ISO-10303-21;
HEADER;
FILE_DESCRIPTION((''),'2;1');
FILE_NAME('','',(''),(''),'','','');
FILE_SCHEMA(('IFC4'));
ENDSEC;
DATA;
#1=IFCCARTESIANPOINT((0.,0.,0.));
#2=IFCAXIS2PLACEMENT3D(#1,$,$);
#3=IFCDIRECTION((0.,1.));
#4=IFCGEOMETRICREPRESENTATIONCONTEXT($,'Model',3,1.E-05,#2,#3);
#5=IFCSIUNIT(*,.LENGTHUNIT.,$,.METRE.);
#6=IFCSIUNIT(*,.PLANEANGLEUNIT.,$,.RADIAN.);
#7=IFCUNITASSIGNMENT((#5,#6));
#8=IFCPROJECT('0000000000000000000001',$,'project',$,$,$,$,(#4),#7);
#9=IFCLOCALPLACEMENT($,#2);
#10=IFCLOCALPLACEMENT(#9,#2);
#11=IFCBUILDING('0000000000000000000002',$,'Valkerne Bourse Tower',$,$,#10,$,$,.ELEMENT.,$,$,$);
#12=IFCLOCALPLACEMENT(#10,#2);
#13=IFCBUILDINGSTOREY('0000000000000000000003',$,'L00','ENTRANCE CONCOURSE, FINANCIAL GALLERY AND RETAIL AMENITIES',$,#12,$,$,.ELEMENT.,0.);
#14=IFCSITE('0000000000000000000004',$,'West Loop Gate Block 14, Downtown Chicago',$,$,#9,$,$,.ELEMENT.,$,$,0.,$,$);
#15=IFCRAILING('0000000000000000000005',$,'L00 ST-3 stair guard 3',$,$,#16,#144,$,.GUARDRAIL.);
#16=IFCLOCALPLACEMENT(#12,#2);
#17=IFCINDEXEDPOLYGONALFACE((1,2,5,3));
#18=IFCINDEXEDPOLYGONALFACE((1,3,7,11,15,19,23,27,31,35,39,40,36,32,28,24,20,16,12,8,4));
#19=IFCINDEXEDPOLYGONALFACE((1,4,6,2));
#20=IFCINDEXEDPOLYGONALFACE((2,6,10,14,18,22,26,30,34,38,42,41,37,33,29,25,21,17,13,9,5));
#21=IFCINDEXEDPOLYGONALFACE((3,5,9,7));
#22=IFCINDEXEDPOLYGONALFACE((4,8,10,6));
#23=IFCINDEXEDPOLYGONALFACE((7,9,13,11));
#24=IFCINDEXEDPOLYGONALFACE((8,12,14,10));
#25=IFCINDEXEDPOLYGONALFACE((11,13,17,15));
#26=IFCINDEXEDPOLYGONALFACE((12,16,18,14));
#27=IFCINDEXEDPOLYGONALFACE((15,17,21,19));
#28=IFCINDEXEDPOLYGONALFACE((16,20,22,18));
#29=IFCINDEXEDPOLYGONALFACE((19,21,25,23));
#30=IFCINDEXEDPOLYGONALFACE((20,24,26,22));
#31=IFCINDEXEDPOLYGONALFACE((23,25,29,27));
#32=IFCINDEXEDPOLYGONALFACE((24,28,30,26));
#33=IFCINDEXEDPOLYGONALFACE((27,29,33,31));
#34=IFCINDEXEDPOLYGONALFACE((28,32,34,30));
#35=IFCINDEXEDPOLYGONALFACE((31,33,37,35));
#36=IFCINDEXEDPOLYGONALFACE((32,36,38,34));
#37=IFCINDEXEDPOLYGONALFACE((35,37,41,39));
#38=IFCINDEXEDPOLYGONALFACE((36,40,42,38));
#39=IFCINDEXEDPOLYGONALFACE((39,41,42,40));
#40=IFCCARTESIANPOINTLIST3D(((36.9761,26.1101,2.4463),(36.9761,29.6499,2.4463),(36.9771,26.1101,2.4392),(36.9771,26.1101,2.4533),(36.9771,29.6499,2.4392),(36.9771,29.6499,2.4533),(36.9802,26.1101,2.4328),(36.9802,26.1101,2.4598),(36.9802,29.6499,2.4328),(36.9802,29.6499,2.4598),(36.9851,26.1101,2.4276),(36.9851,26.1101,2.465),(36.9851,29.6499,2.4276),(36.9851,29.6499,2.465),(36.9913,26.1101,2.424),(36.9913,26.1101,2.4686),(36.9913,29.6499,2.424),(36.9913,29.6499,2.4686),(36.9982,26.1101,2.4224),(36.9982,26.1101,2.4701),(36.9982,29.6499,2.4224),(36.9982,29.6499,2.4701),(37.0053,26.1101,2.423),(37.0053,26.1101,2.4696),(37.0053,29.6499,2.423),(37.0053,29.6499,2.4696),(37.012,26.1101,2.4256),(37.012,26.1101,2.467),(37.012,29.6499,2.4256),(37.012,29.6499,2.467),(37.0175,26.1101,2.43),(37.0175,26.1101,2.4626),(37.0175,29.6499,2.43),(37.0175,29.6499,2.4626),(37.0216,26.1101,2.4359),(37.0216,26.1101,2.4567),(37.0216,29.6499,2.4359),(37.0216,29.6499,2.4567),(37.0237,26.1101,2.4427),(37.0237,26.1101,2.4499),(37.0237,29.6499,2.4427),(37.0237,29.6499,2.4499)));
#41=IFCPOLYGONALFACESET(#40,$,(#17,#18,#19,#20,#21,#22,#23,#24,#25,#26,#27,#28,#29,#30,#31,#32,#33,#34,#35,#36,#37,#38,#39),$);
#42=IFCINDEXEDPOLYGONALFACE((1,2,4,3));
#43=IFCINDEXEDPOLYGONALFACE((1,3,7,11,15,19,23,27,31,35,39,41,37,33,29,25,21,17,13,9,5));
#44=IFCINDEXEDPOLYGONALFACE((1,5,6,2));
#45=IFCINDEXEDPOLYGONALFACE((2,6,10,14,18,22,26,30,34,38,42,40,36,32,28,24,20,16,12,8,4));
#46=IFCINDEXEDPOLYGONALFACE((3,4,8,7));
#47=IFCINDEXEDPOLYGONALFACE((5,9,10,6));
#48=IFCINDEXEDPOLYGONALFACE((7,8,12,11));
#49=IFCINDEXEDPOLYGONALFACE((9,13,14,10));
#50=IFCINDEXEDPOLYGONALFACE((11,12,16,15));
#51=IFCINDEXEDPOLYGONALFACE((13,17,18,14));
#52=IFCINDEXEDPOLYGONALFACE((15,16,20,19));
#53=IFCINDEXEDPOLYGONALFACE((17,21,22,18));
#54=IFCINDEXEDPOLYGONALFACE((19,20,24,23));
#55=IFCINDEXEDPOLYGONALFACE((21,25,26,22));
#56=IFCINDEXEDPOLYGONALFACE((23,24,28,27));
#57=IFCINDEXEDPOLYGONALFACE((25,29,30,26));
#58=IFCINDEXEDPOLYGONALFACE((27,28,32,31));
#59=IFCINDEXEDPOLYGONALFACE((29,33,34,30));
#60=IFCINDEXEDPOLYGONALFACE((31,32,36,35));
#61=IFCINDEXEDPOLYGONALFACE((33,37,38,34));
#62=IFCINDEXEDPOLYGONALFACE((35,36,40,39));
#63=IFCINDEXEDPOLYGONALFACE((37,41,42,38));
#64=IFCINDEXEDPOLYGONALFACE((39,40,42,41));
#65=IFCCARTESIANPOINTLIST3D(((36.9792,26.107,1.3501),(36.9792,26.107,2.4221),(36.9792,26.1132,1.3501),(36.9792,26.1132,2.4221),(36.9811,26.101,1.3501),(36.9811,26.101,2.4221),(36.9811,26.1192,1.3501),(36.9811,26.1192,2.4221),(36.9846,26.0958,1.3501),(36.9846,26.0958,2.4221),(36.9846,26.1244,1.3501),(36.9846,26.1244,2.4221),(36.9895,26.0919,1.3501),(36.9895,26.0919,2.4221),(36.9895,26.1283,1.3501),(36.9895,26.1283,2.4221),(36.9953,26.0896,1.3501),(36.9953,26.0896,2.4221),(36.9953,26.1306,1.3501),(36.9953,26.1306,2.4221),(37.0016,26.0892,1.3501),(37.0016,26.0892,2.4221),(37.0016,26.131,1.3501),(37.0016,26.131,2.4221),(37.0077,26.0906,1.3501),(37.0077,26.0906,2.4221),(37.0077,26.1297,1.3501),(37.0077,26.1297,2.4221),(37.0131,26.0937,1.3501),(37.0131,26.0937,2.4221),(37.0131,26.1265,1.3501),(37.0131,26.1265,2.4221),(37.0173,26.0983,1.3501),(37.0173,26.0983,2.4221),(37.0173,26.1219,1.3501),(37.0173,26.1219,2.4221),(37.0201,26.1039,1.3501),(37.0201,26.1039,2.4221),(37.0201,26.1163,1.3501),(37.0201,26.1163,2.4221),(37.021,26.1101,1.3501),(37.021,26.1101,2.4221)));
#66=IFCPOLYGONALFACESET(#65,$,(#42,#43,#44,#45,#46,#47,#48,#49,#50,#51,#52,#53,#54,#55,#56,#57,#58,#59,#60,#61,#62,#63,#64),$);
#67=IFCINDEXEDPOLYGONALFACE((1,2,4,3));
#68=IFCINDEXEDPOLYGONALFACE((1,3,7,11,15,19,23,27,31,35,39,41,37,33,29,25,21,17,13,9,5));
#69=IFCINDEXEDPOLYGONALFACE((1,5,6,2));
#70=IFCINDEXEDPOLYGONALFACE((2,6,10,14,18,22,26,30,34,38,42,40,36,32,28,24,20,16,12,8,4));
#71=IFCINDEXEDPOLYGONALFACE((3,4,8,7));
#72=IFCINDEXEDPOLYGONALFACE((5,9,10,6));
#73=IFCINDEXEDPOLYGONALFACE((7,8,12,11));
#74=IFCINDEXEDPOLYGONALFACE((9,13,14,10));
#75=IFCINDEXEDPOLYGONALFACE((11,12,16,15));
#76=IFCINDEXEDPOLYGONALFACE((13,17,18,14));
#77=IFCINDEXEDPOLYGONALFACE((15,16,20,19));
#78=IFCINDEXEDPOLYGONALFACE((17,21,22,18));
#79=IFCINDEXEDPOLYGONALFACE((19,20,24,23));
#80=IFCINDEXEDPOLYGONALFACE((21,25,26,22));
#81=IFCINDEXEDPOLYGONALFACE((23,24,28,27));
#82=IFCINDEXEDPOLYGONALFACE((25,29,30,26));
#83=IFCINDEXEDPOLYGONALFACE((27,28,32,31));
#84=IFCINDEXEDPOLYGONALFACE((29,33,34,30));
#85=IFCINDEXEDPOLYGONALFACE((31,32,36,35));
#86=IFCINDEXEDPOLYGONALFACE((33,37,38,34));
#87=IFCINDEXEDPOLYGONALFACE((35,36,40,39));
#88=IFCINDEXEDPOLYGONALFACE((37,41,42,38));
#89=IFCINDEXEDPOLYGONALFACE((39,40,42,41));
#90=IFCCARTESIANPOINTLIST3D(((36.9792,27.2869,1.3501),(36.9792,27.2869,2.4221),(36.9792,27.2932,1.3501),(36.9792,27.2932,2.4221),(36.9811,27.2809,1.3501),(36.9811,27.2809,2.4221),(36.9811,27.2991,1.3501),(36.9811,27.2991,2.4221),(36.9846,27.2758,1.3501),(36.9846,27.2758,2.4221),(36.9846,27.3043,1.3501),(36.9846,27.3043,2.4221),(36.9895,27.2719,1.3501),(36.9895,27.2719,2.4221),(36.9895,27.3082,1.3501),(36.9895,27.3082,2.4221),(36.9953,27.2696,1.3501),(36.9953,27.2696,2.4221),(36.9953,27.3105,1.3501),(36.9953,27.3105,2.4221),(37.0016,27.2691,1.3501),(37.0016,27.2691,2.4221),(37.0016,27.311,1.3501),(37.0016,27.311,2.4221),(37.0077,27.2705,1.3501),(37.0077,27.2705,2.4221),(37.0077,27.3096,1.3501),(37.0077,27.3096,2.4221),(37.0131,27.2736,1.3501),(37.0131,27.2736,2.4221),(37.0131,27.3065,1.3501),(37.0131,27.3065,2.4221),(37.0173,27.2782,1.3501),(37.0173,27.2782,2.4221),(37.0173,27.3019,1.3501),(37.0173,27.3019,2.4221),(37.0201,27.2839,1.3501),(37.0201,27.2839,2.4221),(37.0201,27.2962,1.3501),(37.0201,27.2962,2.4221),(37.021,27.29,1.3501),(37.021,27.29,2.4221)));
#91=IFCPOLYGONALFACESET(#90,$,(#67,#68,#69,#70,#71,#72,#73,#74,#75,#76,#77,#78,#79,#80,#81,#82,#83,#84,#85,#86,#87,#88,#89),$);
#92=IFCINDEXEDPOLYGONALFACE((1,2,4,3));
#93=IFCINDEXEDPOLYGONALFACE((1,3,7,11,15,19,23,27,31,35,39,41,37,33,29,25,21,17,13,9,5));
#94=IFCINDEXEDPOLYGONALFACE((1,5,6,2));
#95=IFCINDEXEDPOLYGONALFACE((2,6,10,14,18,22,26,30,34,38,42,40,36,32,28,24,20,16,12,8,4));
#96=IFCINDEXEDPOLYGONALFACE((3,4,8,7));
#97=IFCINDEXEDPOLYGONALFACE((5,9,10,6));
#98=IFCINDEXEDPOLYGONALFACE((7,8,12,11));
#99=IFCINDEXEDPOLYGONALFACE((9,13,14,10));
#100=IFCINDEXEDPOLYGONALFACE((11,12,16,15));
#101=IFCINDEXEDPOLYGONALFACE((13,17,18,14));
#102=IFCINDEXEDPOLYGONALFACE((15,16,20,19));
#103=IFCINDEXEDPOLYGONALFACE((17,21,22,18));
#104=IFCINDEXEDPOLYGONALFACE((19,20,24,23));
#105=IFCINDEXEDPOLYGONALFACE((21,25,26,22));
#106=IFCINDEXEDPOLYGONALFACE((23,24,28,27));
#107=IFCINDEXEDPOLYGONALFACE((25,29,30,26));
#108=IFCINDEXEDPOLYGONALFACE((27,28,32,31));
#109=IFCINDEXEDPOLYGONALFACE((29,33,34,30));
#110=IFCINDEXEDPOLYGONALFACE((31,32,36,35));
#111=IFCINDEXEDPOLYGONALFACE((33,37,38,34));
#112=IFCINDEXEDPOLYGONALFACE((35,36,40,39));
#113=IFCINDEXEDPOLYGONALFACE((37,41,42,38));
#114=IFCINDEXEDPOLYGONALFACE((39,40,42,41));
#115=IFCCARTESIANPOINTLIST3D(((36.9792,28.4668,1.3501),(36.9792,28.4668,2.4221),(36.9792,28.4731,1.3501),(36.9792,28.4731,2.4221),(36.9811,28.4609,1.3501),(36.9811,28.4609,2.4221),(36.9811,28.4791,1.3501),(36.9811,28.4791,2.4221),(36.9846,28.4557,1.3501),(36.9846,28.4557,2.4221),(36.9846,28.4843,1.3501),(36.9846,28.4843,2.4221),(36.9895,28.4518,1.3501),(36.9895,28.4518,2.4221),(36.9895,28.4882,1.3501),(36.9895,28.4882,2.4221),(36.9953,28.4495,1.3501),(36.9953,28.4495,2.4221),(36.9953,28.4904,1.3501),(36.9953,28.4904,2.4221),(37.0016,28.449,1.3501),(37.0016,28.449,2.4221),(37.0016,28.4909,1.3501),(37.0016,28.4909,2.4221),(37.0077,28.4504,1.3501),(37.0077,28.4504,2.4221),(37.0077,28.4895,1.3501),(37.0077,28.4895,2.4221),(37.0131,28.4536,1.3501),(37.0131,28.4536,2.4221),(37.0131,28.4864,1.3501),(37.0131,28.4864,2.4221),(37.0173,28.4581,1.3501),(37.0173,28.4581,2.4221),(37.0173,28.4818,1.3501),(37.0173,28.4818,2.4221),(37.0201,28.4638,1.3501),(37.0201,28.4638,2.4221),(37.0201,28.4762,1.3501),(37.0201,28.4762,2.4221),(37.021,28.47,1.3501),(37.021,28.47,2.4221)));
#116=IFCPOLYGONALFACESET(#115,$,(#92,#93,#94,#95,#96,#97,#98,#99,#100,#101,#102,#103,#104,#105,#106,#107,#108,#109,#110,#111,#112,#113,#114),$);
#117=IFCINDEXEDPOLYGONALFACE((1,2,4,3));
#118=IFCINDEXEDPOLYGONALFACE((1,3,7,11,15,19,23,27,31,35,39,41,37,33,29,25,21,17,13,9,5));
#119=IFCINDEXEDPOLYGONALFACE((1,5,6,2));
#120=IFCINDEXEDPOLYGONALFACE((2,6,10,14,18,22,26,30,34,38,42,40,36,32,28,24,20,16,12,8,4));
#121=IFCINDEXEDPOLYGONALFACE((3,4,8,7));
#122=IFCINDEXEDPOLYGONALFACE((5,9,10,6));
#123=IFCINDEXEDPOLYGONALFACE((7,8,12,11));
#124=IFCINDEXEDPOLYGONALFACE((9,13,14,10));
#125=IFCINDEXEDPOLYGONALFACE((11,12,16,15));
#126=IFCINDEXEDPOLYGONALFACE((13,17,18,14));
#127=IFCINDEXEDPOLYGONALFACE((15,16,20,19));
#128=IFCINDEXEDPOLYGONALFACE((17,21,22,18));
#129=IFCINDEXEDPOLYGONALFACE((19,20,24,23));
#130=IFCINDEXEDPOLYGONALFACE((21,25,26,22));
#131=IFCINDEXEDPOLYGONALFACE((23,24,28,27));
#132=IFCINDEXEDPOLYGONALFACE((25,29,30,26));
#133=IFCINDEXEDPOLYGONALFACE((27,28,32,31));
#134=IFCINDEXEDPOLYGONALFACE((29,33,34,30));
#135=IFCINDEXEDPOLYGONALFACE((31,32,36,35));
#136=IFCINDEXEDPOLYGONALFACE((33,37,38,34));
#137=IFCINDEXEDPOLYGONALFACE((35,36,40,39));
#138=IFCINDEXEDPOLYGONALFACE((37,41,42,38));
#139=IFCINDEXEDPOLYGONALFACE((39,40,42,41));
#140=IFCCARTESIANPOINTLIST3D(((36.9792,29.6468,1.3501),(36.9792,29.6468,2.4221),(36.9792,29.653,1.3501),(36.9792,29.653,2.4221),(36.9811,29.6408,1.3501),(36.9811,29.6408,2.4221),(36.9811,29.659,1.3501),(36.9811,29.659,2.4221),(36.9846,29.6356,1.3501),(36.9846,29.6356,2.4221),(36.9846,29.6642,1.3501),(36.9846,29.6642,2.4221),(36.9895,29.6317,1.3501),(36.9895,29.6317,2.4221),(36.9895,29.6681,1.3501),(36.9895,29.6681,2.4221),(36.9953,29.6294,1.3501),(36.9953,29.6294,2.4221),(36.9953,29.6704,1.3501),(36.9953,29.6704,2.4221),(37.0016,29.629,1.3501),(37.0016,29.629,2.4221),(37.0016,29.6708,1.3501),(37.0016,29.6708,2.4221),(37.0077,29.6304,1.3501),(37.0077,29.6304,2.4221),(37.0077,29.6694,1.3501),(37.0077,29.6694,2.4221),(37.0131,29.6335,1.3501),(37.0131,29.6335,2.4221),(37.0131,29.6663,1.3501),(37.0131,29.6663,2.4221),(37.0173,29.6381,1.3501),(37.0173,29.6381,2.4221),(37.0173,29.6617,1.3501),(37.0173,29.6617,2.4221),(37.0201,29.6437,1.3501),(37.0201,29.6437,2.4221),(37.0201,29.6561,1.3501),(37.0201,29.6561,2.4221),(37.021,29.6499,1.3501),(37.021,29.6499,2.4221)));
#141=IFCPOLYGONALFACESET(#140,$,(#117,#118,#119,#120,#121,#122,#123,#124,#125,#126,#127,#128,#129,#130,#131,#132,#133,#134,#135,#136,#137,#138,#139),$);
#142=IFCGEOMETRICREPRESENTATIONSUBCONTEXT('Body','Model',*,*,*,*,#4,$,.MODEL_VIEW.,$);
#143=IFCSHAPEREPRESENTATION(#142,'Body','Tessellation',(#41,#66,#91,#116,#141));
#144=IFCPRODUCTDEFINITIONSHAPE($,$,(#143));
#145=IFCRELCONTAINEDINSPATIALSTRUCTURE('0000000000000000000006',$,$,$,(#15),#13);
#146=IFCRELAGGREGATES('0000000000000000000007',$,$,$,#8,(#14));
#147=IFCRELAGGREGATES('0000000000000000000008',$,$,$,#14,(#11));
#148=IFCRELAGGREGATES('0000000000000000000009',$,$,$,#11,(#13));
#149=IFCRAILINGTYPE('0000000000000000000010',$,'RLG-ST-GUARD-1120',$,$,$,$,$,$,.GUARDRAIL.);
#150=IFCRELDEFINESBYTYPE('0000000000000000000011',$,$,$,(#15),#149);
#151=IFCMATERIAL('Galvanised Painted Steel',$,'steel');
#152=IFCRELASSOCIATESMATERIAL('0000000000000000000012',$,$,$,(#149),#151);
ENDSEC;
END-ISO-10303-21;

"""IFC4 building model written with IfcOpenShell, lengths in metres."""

from ifc_helpers import new_model, si_unit, direction, frame, origin, origin_2d, place, context, subcontext, project, spatial, circle, extrude, material, type_object, element, save


model = new_model("IFC4")

# Units and contexts
model_context = context("Model", 3, precision=1e-05, world=origin(), true_north=direction((0.0, 1.0)))
body_context = subcontext(model_context, "Body", "Model", "MODEL_VIEW")
ifc_project = project(units=[si_unit("LENGTHUNIT", "METRE"), si_unit("PLANEANGLEUNIT", "RADIAN")], contexts=[model_context])

# Site, building, storey
site_placement = place(None, origin())
site = spatial("IfcSite", under=ifc_project, at=site_placement, Name="West Loop Gate Block 14, Downtown Chicago", CompositionType="ELEMENT", RefElevation=0.0)
building_placement = place(site_placement, origin())
building = spatial("IfcBuilding", under=site, at=building_placement, Name="Valkerne Bourse Tower", CompositionType="ELEMENT")
storey_placement = place(building_placement, origin())
storey = spatial("IfcBuildingStorey", under=building, at=storey_placement, Name="L00", Description="ENTRANCE CONCOURSE, FINANCIAL GALLERY AND RETAIL AMENITIES", CompositionType="ELEMENT", Elevation=0.0)

# Shared definitions
ifc_material_1 = material(Name="Galvanised Painted Steel", Category="steel")

# Railing
railing_type_1 = type_object("IfcRailingType", Name="RLG-ST-GUARD-1120", PredefinedType="GUARDRAIL", material=ifc_material_1)
railing_1_placement = place(storey_placement, frame((37.0, 26.1101, 1.3501)))
element("IfcRailing", 1, at=railing_1_placement, inside=storey, type_object=railing_type_1, Name="L00 ST-3 stair guard 3", PredefinedType="GUARDRAIL", context=body_context, shape_type="SweptSolid", body=[
    extrude(circle(Radius=0.0239, at=origin_2d()), frame((0.0, 0.0, 1.0962), z_axis=(0.0, 1.0, 0.0), x_axis=(-1.0, 0.0, 0.0)), (0.0, 0.0, 1.0), 3.5398),
    extrude(circle(Radius=0.021, at=origin_2d()), origin(), (0.0, 0.0, 1.0), 1.072),
    extrude(circle(Radius=0.021, at=origin_2d()), frame((0.0, 1.1799, 0.0)), (0.0, 0.0, 1.0), 1.072),
    extrude(circle(Radius=0.021, at=origin_2d()), frame((0.0, 2.3599, 0.0)), (0.0, 0.0, 1.0), 1.072),
    extrude(circle(Radius=0.021, at=origin_2d()), frame((0.0, 3.5398, 0.0)), (0.0, 0.0, 1.0), 1.072),
])

save(model, "model.ifc")
